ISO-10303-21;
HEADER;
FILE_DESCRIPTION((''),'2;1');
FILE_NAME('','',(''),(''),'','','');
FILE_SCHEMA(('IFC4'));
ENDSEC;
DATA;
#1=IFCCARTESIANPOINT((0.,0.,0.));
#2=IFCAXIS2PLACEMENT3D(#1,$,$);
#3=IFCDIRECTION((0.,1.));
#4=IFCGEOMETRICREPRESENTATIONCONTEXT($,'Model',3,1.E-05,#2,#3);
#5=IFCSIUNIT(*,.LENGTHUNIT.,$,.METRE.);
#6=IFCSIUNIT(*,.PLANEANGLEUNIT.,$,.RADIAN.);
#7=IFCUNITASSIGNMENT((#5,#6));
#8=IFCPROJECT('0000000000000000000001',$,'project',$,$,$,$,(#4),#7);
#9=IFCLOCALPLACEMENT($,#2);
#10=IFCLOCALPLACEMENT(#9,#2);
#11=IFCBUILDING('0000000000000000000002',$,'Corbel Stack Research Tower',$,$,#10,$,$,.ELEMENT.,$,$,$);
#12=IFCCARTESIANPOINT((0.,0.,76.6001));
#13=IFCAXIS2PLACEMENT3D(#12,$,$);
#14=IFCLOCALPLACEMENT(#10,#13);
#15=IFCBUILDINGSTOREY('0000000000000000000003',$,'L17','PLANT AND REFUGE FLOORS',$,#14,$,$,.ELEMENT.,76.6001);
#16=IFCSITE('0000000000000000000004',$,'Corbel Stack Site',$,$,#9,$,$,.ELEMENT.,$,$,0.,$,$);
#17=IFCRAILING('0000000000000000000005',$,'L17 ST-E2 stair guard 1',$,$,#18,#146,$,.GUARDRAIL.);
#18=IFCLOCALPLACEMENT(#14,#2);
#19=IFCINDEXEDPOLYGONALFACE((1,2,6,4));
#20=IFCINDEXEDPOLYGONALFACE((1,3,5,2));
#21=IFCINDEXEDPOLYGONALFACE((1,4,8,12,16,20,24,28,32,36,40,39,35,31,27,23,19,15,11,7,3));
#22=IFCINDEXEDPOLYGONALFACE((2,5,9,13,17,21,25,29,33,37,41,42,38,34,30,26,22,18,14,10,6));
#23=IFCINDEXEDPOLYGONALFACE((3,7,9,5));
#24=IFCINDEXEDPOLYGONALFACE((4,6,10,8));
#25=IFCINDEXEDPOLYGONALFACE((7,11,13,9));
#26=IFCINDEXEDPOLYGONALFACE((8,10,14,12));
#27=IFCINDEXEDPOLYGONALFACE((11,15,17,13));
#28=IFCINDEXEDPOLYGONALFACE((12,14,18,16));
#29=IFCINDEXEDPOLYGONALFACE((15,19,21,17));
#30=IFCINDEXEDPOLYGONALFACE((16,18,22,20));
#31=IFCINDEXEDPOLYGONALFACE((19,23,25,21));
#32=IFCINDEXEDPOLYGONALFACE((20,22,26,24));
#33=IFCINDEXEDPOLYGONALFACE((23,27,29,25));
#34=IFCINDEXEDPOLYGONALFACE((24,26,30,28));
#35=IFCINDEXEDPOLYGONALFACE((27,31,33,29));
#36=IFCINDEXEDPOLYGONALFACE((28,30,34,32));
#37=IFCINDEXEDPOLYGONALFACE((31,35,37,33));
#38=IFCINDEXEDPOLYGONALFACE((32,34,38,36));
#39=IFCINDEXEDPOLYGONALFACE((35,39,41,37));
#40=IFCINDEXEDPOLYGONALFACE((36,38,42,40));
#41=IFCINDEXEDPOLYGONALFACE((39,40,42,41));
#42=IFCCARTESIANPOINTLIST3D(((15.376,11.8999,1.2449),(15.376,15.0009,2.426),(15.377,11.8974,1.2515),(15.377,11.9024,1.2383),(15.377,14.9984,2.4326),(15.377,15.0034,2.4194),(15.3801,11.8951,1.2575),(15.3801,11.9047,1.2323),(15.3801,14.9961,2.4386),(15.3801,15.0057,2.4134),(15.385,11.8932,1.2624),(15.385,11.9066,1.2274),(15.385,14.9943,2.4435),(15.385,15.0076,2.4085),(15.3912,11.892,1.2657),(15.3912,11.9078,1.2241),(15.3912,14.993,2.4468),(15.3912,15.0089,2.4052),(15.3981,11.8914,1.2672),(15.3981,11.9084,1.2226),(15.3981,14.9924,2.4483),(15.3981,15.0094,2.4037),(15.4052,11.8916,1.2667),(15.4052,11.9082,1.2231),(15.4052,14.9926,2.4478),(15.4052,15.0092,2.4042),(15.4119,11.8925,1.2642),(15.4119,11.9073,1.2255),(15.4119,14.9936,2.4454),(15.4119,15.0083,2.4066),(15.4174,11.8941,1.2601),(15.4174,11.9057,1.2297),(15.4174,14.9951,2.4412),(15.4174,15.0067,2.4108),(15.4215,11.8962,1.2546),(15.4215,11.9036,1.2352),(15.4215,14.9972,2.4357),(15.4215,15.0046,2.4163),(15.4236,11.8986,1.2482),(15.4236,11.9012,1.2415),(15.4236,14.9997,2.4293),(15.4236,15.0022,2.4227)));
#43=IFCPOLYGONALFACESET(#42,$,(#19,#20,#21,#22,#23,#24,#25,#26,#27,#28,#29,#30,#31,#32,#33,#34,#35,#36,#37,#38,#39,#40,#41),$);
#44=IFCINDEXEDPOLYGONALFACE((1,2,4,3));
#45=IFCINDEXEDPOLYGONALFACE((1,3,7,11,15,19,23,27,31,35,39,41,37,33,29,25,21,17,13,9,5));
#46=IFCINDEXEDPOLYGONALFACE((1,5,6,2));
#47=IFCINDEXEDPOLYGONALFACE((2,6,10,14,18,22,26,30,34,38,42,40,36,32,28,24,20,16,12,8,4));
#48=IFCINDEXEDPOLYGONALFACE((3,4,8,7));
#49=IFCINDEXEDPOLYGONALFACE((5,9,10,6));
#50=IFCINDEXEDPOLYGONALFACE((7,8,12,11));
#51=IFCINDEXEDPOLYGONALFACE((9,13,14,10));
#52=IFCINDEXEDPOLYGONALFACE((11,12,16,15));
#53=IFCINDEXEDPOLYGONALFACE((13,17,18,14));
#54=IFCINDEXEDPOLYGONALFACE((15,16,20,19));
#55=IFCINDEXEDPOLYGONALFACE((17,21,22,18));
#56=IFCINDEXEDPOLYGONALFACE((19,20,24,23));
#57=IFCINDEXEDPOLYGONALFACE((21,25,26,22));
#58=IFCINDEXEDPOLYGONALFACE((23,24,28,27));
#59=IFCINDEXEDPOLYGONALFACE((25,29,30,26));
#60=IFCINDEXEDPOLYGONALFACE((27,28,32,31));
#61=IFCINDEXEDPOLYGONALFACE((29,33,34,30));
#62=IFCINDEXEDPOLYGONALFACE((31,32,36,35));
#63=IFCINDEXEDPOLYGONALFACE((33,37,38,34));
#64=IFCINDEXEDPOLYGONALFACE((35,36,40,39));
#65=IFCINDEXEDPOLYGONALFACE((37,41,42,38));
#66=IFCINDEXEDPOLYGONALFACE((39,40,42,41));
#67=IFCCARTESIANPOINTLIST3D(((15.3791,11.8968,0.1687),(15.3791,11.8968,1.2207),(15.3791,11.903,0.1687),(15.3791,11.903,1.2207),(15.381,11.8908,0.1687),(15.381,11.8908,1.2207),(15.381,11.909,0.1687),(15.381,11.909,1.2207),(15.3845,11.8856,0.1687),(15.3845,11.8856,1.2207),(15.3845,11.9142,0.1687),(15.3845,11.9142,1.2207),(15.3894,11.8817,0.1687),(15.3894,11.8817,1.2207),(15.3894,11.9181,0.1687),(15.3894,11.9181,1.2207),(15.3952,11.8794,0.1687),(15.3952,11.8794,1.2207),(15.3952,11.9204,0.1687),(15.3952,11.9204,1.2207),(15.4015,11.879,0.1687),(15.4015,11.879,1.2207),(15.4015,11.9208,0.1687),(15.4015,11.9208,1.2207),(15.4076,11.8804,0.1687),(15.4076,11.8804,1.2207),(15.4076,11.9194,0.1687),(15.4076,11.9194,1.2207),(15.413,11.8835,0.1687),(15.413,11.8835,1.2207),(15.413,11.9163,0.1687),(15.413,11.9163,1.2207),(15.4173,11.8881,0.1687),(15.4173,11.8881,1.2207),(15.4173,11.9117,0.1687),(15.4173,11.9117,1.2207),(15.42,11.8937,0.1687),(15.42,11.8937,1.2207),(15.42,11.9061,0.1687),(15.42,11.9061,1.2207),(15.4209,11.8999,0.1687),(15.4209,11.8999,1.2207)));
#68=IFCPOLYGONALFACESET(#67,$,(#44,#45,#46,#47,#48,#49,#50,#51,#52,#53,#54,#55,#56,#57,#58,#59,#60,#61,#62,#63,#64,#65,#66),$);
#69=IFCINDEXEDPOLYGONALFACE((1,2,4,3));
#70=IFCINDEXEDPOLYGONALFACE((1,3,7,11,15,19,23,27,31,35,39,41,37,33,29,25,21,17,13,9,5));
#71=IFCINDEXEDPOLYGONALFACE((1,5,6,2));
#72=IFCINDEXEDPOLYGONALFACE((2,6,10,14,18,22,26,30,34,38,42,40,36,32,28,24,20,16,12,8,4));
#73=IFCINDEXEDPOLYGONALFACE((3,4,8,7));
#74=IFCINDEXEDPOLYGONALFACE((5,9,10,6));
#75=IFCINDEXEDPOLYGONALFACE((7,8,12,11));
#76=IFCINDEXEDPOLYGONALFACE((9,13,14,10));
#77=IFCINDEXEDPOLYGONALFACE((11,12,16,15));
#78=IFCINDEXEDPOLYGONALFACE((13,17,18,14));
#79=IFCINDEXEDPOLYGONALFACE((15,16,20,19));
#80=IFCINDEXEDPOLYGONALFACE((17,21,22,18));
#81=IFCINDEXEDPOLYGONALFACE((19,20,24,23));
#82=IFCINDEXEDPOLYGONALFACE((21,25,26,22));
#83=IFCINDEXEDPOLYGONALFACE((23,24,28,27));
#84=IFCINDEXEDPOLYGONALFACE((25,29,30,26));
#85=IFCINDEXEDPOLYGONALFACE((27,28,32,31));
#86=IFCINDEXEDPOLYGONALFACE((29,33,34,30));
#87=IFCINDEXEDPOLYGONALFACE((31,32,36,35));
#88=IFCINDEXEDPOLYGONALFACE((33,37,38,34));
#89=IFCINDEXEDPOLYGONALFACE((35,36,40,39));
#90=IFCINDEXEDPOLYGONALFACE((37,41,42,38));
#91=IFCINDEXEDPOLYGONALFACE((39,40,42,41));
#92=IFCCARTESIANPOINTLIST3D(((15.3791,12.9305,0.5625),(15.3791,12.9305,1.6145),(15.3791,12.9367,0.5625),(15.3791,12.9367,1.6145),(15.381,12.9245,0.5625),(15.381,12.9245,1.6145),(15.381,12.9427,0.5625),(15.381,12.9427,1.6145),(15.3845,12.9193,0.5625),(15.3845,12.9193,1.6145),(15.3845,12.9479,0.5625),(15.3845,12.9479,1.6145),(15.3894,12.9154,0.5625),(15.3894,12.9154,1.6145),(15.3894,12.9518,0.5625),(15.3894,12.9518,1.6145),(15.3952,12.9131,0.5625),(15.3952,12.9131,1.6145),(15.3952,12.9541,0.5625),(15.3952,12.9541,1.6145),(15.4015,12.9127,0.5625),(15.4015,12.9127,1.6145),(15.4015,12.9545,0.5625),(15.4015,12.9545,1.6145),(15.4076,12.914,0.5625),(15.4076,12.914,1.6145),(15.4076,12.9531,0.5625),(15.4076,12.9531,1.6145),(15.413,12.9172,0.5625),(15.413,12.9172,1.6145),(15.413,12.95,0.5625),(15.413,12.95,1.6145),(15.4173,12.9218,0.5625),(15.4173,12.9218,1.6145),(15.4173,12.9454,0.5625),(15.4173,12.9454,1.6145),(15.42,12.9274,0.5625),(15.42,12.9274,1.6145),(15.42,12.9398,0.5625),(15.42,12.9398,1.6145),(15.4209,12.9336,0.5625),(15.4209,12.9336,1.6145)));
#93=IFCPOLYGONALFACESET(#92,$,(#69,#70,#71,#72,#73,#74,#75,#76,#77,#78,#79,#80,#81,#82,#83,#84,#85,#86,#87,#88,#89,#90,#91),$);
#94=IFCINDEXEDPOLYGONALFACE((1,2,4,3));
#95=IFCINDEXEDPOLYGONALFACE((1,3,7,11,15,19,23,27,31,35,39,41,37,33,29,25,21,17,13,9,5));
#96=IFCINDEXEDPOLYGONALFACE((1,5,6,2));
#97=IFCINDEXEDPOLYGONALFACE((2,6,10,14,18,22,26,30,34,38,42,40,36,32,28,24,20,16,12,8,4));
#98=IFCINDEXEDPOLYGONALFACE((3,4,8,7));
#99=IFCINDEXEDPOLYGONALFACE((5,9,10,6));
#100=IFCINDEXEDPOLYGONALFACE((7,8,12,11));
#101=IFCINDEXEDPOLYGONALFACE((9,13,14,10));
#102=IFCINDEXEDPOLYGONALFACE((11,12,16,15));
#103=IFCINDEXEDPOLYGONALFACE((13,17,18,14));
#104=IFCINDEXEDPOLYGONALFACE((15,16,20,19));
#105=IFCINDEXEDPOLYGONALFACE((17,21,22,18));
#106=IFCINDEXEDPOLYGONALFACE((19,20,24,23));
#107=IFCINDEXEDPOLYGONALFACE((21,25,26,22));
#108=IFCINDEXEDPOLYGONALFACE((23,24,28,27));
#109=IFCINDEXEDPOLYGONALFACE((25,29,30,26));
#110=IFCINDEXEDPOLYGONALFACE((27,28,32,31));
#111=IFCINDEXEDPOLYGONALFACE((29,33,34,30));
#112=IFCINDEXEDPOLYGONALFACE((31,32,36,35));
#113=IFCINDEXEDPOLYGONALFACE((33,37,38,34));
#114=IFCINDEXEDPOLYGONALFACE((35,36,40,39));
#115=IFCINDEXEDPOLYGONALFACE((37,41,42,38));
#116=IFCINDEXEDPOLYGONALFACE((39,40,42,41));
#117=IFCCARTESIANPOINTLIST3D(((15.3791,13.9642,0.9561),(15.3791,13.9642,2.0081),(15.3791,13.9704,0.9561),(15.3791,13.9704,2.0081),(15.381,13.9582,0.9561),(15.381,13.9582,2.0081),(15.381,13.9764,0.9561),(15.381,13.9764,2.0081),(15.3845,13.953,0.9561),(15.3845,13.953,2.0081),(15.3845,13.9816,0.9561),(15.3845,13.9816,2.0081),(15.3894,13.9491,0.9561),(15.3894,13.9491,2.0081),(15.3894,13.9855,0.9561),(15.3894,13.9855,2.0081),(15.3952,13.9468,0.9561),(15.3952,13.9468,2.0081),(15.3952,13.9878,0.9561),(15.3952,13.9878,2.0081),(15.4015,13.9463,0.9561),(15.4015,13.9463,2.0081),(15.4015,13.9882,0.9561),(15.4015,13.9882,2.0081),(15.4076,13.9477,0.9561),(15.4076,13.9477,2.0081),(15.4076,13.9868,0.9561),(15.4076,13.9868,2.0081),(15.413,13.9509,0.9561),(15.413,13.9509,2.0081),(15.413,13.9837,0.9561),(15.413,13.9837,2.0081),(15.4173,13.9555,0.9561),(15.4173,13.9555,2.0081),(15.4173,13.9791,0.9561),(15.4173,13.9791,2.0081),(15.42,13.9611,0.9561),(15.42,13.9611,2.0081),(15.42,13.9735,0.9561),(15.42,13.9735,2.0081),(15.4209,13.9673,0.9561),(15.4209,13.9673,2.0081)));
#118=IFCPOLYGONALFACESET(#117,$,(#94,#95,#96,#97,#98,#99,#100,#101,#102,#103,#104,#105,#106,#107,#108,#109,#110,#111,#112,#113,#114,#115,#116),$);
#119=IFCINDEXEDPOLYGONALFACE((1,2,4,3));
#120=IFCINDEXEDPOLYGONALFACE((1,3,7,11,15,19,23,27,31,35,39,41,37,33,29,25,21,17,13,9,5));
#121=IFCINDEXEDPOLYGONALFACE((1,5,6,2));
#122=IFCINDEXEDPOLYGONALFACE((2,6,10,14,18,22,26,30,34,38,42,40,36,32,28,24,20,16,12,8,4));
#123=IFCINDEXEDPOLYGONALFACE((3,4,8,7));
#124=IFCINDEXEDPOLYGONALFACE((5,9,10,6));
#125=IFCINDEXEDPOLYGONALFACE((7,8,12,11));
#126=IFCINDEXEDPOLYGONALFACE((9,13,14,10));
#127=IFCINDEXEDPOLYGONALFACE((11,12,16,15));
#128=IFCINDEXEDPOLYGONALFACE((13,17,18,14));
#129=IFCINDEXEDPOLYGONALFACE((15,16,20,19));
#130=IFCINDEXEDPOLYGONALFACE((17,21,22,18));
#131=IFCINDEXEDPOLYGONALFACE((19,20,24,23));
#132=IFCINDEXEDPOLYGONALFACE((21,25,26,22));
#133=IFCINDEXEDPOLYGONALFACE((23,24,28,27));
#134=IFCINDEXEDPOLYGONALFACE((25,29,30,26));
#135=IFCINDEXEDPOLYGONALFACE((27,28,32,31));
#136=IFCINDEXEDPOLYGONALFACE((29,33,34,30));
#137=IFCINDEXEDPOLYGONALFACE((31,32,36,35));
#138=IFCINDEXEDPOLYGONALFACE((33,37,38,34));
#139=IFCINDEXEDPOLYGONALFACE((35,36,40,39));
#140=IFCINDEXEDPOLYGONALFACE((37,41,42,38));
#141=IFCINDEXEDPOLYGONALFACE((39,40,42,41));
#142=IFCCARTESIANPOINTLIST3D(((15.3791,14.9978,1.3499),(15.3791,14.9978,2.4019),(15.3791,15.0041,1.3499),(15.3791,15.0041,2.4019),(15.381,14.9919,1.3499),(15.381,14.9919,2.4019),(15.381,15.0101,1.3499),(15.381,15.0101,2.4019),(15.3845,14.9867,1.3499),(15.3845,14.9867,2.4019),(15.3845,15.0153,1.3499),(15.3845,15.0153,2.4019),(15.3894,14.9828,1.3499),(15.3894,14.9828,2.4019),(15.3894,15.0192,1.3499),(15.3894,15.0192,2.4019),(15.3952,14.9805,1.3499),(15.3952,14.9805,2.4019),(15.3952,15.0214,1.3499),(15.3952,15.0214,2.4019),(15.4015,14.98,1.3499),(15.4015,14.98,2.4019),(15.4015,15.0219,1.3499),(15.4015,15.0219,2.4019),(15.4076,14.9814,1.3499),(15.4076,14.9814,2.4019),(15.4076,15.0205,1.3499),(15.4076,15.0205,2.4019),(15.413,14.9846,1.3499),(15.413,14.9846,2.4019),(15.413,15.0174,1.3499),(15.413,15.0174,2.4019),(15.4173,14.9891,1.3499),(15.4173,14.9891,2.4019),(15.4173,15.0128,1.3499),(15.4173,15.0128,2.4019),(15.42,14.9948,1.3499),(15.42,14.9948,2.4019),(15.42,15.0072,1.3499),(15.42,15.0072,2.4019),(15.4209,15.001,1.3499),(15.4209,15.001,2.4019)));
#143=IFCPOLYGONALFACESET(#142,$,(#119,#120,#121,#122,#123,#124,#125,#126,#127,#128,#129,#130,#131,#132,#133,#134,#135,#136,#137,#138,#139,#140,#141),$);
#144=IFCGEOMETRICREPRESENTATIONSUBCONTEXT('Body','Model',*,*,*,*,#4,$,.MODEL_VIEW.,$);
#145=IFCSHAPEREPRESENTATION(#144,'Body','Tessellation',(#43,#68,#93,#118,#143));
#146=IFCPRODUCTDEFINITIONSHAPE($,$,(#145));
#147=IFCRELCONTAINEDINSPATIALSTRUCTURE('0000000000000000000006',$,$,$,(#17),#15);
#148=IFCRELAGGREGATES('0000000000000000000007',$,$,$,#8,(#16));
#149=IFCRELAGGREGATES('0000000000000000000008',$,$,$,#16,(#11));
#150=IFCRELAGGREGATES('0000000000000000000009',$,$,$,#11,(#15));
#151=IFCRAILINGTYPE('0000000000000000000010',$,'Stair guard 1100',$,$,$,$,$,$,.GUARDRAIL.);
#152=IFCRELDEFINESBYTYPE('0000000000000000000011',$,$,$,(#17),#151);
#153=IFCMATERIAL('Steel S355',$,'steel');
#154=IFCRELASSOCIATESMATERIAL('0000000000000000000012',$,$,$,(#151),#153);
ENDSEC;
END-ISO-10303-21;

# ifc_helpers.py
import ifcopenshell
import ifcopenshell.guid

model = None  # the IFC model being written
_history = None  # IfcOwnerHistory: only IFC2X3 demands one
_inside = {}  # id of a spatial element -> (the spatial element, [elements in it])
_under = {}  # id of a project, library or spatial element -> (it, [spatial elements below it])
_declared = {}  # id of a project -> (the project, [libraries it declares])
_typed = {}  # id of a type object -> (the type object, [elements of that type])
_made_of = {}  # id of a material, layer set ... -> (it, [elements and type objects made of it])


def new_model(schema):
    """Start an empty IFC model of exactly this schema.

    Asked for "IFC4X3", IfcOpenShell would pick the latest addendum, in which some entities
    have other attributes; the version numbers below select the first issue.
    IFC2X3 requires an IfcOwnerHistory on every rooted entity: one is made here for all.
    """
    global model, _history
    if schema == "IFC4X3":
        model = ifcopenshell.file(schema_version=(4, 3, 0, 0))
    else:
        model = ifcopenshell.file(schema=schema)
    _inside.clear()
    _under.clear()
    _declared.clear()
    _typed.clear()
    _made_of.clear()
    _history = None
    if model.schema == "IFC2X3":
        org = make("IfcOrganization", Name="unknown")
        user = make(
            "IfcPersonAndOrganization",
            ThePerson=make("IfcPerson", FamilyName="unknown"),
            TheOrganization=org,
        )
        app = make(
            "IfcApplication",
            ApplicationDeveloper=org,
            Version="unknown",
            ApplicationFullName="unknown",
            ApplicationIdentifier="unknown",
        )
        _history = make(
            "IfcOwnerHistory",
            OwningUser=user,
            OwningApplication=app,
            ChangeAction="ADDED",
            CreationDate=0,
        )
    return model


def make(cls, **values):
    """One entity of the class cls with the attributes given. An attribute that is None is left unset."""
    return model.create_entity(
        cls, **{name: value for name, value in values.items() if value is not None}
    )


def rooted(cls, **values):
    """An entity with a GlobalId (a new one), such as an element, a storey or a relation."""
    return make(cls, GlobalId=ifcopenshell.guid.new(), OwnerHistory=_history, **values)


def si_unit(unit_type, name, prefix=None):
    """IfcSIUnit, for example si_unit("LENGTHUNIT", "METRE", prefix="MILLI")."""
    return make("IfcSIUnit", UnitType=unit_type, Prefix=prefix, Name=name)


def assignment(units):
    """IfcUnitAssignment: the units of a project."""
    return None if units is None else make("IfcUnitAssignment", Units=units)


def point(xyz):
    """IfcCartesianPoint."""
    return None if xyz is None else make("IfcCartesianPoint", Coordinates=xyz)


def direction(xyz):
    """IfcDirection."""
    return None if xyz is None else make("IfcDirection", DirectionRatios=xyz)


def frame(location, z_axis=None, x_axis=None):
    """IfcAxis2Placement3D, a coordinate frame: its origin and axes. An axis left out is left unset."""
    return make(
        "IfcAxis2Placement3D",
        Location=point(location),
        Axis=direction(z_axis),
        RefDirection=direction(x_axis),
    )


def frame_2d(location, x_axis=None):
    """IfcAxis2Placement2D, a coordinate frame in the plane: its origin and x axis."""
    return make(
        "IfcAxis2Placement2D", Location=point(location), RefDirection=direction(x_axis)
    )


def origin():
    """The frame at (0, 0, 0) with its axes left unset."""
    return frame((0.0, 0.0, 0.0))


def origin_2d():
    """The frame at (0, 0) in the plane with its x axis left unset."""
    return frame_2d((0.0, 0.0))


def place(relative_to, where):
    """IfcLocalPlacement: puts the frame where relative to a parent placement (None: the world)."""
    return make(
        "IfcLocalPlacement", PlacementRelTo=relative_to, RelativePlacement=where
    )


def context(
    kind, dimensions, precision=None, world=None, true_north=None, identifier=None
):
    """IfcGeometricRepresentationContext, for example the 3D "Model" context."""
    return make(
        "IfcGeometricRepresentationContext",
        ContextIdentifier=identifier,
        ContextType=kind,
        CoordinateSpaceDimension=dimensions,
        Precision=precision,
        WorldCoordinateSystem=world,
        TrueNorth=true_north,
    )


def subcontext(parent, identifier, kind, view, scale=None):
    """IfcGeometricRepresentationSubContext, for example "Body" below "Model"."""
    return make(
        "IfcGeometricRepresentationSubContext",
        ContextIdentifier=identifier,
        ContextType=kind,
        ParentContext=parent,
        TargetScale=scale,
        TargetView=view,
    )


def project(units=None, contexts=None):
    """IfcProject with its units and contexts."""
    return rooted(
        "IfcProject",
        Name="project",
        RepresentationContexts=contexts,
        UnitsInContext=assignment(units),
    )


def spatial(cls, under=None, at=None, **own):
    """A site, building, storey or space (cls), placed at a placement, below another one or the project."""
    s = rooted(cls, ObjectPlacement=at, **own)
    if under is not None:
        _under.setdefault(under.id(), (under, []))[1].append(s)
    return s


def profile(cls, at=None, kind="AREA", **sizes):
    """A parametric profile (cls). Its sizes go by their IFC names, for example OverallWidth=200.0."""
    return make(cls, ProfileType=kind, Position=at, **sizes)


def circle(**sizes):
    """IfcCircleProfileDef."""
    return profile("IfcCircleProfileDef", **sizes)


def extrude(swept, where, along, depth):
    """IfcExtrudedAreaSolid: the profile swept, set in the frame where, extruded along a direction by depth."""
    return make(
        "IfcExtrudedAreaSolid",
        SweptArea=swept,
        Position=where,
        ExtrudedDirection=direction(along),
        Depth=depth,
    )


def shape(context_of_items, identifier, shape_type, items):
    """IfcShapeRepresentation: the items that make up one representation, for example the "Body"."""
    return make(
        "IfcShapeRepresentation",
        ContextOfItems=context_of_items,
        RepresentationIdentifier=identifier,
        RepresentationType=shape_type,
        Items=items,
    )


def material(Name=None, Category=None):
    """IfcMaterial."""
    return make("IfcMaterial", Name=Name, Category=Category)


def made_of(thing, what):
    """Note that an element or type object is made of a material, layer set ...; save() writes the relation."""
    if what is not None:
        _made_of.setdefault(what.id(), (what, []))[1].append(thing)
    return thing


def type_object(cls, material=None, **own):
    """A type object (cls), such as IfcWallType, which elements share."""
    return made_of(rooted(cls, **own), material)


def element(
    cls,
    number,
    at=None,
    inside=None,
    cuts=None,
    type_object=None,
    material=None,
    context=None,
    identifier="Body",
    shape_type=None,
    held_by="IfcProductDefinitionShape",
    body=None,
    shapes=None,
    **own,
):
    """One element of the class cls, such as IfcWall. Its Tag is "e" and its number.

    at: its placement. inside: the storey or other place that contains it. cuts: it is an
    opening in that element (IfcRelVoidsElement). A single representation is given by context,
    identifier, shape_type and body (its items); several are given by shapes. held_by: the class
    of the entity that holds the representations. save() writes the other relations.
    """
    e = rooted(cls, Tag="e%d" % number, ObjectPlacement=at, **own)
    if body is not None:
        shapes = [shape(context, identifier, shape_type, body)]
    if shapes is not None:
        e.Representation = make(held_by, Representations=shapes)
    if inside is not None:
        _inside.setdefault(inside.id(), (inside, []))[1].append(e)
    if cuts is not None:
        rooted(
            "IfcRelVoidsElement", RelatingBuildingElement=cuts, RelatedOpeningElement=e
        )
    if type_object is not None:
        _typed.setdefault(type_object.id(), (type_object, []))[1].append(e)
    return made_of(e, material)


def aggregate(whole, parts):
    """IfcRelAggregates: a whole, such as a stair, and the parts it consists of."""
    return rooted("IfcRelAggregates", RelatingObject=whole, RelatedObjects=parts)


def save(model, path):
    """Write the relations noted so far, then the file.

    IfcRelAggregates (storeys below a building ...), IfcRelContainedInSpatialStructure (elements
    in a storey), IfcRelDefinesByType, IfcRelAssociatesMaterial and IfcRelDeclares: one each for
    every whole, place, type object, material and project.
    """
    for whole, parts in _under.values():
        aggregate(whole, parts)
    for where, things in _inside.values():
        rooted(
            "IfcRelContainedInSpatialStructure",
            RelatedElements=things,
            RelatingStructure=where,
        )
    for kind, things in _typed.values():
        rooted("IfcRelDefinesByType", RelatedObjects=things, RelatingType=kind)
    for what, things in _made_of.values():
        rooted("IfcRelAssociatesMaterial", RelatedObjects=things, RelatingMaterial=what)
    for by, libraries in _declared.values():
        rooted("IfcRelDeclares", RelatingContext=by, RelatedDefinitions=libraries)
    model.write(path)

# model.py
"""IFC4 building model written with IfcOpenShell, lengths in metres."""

from ifc_helpers import new_model, si_unit, direction, frame, origin, origin_2d, place, context, subcontext, project, spatial, circle, extrude, material, type_object, element, save


model = new_model("IFC4")

# Units and contexts
model_context = context("Model", 3, precision=1e-05, world=origin(), true_north=direction((0.0, 1.0)))
body_context = subcontext(model_context, "Body", "Model", "MODEL_VIEW")
ifc_project = project(units=[si_unit("LENGTHUNIT", "METRE"), si_unit("PLANEANGLEUNIT", "RADIAN")], contexts=[model_context])

# Site, building, storey
site_placement = place(None, origin())
site = spatial("IfcSite", under=ifc_project, at=site_placement, Name="Corbel Stack Site", CompositionType="ELEMENT", RefElevation=0.0)
building_placement = place(site_placement, origin())
building = spatial("IfcBuilding", under=site, at=building_placement, Name="Corbel Stack Research Tower", CompositionType="ELEMENT")
storey_placement = place(building_placement, frame((0.0, 0.0, 76.6001)))
storey = spatial("IfcBuildingStorey", under=building, at=storey_placement, Name="L17", Description="PLANT AND REFUGE FLOORS", CompositionType="ELEMENT", Elevation=76.6001)

# Railing
ifc_material_1 = material(Name="Steel S355", Category="steel")
railing_type_1 = type_object("IfcRailingType", Name="Stair guard 1100", PredefinedType="GUARDRAIL", material=ifc_material_1)
railing_1_placement = place(storey_placement, frame((15.3999, 11.8999, 0.1687)))
element("IfcRailing", 1, at=railing_1_placement, inside=storey, type_object=railing_type_1, Name="L17 ST-E2 stair guard 1", PredefinedType="GUARDRAIL", context=body_context, shape_type="SweptSolid", body=[
    extrude(circle(Radius=0.0239, at=origin_2d()), frame((0.0, 0.0, 1.0762), z_axis=(0.0, 0.934509, 0.35594), x_axis=(-1.0, 0.0, 0.0)), (0.0, 0.0, 1.0), 3.3184),
    extrude(circle(Radius=0.021, at=origin_2d()), origin(), (0.0, 0.0, 1.0), 1.052),
    extrude(circle(Radius=0.021, at=origin_2d()), frame((0.0, 1.0337, 0.3938)), (0.0, 0.0, 1.0), 1.052),
    extrude(circle(Radius=0.021, at=origin_2d()), frame((0.0, 2.0674, 0.7874)), (0.0, 0.0, 1.0), 1.052),
    extrude(circle(Radius=0.021, at=origin_2d()), frame((0.0, 3.1011, 1.1812)), (0.0, 0.0, 1.0), 1.052),
])

save(model, "model.ifc")
